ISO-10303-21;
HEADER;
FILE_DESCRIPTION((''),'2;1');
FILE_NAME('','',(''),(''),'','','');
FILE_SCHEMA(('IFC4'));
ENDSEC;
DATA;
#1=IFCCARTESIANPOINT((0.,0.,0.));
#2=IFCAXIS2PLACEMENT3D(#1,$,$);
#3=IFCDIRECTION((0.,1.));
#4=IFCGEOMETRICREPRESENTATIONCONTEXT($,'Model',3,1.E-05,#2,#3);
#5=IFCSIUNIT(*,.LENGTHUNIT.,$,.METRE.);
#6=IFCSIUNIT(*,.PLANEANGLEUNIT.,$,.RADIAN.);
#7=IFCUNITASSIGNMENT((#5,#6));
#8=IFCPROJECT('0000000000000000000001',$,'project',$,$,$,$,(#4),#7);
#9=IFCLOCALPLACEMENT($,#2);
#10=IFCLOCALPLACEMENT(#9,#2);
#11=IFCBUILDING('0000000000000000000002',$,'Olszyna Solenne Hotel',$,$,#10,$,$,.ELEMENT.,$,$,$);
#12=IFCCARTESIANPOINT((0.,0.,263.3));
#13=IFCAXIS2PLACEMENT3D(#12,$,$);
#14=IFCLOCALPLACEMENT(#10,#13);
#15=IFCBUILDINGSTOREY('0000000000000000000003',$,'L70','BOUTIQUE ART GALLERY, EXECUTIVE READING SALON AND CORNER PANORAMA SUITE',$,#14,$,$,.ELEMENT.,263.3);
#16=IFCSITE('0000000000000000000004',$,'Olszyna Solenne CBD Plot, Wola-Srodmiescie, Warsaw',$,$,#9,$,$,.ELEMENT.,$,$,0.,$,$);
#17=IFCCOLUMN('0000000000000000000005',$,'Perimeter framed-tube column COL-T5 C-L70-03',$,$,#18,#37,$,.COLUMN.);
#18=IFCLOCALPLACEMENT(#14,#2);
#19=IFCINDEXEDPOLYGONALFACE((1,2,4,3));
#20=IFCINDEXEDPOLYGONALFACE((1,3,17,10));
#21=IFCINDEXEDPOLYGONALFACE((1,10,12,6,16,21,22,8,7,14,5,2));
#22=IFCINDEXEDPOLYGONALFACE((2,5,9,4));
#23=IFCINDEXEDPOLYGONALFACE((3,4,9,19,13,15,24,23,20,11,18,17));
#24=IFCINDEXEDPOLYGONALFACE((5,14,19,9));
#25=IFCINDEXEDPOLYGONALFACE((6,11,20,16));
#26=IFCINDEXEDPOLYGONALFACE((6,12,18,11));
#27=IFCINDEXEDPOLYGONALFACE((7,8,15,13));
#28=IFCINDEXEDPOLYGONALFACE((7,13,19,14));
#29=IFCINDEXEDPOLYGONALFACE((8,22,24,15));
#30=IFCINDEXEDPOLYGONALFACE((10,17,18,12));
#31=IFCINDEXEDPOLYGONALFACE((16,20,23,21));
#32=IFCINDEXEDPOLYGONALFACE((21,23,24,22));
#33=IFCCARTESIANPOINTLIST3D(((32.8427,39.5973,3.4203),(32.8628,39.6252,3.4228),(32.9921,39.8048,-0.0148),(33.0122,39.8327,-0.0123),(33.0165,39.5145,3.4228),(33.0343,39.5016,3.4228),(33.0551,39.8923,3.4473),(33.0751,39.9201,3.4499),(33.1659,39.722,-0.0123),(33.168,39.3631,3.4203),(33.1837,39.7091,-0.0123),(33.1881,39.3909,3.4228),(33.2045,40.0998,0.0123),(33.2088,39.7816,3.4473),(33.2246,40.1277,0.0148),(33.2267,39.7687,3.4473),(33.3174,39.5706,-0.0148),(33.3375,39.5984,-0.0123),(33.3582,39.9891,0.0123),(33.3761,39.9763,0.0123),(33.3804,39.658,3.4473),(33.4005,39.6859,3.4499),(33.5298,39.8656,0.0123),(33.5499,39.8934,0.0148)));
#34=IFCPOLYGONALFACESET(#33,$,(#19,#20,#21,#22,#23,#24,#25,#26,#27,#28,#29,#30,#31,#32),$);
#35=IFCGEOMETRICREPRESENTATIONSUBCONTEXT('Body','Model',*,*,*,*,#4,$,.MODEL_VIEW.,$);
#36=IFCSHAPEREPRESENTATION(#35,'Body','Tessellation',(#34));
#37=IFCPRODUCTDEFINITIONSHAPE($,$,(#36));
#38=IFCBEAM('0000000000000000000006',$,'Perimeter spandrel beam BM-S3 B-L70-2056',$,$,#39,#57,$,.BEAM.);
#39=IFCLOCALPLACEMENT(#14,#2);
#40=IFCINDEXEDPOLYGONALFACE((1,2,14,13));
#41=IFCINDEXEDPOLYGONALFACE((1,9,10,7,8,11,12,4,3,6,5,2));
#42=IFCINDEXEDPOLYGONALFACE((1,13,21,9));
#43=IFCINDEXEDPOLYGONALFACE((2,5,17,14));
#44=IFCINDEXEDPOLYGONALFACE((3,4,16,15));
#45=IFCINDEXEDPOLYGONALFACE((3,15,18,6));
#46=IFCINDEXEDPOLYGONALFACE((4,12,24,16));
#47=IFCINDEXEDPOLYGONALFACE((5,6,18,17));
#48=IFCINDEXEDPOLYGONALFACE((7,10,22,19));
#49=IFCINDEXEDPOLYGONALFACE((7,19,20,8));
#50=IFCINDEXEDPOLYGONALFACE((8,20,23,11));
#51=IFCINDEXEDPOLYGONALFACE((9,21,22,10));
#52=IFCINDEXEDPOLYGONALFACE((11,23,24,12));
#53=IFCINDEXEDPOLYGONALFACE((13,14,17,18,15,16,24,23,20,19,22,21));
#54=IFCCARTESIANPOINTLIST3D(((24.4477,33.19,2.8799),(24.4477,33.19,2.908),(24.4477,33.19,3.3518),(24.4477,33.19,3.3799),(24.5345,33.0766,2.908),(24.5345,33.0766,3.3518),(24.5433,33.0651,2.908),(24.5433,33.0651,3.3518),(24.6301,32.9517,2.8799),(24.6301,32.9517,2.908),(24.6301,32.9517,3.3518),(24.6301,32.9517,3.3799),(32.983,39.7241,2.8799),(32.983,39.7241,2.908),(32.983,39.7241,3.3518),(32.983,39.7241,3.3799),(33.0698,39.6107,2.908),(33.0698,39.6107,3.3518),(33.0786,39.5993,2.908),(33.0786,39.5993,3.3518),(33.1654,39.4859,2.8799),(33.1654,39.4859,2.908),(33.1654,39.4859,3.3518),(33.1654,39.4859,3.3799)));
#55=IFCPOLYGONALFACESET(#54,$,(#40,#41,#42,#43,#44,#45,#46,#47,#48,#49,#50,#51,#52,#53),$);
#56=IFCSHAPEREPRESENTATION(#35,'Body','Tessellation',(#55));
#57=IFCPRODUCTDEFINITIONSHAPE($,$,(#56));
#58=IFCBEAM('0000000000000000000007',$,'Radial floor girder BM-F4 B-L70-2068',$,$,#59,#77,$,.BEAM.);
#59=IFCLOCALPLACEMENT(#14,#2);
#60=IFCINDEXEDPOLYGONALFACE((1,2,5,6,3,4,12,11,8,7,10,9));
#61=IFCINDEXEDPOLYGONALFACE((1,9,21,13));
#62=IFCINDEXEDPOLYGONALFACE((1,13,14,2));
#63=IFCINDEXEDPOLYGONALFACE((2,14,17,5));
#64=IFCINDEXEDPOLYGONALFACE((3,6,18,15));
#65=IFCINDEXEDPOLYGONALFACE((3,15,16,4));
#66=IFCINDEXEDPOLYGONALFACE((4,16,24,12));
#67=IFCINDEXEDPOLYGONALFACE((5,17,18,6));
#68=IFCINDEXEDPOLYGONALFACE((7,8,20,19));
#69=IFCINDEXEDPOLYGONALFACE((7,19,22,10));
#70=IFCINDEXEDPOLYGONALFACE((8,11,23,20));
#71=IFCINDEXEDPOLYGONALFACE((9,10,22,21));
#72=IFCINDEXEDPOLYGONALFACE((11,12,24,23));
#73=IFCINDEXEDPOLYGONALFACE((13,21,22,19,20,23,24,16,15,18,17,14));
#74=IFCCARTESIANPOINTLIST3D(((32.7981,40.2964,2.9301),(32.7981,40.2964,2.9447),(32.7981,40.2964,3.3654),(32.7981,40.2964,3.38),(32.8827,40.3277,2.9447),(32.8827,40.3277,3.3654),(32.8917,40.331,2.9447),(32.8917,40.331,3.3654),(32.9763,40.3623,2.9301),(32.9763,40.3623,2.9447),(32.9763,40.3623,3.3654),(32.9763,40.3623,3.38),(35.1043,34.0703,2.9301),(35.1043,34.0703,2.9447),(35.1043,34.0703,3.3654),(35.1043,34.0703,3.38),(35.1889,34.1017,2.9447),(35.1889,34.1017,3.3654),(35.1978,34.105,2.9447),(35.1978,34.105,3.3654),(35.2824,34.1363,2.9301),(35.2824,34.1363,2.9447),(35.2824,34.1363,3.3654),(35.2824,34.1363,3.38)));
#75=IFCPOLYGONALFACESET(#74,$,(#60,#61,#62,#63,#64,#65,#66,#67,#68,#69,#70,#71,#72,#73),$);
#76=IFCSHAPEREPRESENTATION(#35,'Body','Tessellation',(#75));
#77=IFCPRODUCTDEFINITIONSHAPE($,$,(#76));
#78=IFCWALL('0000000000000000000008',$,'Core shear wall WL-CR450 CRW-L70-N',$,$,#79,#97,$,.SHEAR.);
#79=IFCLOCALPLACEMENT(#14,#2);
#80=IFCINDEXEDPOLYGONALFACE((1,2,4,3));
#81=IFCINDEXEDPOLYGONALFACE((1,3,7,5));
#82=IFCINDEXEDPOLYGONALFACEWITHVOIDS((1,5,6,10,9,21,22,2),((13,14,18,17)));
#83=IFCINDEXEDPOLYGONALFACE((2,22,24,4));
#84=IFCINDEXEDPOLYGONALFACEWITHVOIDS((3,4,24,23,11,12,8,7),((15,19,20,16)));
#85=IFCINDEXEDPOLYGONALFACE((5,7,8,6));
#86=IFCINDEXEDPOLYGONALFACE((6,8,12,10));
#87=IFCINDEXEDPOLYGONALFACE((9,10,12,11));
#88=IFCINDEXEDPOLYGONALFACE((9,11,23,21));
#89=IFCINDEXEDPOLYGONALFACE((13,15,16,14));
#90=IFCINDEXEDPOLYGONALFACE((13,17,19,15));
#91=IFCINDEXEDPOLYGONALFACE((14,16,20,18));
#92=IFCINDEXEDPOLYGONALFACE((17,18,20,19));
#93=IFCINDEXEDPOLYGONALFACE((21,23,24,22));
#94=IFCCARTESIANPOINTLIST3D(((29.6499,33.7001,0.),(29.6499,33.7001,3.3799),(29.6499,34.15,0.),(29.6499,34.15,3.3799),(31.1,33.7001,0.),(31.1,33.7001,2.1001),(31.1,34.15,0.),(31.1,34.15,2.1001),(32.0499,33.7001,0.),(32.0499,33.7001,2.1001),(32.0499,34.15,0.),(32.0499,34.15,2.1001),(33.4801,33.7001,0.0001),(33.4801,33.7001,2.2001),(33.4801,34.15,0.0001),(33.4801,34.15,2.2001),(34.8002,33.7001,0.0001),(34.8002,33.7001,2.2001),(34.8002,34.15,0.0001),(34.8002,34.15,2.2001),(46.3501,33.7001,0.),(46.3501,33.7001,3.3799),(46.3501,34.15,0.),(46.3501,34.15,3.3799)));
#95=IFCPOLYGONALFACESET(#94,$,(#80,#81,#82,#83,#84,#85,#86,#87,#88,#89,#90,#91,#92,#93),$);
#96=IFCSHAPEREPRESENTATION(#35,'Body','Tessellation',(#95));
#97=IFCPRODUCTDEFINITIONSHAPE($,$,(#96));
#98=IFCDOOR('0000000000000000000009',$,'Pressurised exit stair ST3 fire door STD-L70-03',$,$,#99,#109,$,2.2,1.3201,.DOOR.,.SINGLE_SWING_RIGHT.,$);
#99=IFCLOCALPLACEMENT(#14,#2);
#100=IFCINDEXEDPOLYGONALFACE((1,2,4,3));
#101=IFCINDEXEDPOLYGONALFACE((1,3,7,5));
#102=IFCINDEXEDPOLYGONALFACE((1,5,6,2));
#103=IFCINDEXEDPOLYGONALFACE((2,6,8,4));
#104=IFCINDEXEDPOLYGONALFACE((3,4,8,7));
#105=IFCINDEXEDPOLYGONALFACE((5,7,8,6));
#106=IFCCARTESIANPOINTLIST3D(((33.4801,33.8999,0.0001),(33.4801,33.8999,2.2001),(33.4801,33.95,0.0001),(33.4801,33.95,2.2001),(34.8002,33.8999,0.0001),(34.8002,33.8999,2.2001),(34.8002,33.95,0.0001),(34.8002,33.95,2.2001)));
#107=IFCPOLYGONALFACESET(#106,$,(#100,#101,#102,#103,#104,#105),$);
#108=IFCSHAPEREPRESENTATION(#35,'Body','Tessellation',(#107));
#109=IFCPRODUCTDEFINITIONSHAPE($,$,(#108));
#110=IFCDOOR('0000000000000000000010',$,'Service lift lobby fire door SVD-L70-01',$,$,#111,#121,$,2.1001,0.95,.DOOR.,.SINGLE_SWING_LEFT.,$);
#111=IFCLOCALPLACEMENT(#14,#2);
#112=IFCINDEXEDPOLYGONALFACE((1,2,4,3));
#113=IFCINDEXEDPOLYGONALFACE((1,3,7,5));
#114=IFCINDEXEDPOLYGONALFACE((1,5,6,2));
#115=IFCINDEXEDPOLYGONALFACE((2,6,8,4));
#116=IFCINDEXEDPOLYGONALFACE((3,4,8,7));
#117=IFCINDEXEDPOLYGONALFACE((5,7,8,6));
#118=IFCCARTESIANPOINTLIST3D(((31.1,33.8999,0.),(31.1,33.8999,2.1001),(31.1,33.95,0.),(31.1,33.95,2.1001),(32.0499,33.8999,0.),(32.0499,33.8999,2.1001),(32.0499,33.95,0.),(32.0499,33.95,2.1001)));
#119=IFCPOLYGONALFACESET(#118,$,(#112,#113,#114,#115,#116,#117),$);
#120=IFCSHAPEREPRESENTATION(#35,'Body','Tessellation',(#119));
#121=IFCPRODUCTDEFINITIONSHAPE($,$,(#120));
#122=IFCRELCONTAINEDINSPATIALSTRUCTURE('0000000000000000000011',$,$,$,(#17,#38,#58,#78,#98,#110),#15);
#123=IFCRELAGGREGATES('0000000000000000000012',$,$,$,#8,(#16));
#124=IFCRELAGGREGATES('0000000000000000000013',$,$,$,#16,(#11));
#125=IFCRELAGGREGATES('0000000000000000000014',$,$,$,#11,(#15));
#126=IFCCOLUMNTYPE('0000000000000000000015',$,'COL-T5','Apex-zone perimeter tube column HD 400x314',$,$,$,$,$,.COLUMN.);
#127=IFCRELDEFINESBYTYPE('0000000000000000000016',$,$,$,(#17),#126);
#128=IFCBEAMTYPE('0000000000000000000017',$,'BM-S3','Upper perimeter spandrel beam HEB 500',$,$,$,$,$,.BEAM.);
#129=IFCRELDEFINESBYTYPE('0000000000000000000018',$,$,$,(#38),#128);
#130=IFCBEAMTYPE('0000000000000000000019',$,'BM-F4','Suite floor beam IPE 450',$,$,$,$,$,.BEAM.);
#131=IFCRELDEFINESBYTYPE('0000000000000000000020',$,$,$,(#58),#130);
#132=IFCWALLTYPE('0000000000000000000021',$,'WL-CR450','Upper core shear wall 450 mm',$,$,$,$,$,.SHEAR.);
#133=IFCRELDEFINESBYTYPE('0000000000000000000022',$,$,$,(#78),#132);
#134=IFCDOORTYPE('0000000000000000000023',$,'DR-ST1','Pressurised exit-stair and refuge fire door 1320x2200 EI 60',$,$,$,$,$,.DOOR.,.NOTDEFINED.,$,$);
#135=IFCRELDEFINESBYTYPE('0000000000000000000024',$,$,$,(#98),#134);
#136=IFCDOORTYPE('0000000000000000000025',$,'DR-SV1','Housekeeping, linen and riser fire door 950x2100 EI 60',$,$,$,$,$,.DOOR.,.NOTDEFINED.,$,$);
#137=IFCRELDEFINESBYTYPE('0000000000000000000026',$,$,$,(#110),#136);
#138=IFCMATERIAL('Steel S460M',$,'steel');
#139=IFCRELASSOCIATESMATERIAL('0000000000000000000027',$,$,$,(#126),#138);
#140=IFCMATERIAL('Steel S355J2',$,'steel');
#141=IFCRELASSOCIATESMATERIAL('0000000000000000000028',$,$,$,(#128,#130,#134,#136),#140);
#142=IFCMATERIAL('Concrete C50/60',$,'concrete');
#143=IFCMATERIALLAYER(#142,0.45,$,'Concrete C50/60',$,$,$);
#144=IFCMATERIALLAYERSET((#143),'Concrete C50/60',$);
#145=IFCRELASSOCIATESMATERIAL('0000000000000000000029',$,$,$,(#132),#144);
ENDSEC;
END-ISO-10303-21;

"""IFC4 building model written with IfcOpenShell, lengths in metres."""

from ifc_helpers import new_model, si_unit, direction, frame, frame_2d, origin, origin_2d, place, context, subcontext, project, spatial, rectangle, i_section, extrude, source, transform, mapped, material, layer, layer_set, material_profile, profile_set, type_object, type_shapes, element, fill, save


model = new_model("IFC4")

# Units and contexts
model_context = context("Model", 3, precision=1e-05, world=origin(), true_north=direction((0.0, 1.0)))
body_context = subcontext(model_context, "Body", "Model", "MODEL_VIEW")
ifc_project = project(units=[si_unit("LENGTHUNIT", "METRE"), si_unit("PLANEANGLEUNIT", "RADIAN")], contexts=[model_context])

# Site, building, storey
site_placement = place(None, origin())
site = spatial("IfcSite", under=ifc_project, at=site_placement, Name="Olszyna Solenne CBD Plot, Wola-Srodmiescie, Warsaw", CompositionType="ELEMENT", RefElevation=0.0)
building_placement = place(site_placement, origin())
building = spatial("IfcBuilding", under=site, at=building_placement, Name="Olszyna Solenne Hotel", CompositionType="ELEMENT")
storey_placement = place(building_placement, frame((0.0, 0.0, 263.3)))
storey = spatial("IfcBuildingStorey", under=building, at=storey_placement, Name="L70", Description="BOUTIQUE ART GALLERY, EXECUTIVE READING SALON AND CORNER PANORAMA SUITE", CompositionType="ELEMENT", Elevation=263.3)

# Column
ifc_material_1 = material(Name="Steel S460M", Category="steel")
ifc_material_profile_1 = material_profile(ifc_material_1, i_section(OverallWidth=0.4009, OverallDepth=0.3989, WebThickness=0.022, FlangeThickness=0.0344, at=origin_2d()), Name="HD 400x314", Category="load-bearing")
ifc_profile_set_1 = profile_set([ifc_material_profile_1], Name="Steel S460M")
column_type = type_object("IfcColumnType", Name="COL-T5", Description="Apex-zone perimeter tube column HD 400x314", PredefinedType="COLUMN", material=ifc_profile_set_1)
shared_shape_1 = source(origin(), body_context, "Body", "SweptSolid", [
    extrude(i_section(OverallWidth=0.4009, OverallDepth=0.3989, WebThickness=0.022, FlangeThickness=0.0344, at=origin_2d()), origin(), (0.0, 0.0, 1.0), 3.4446),
])
column_placement = place(storey_placement, frame((33.271, 39.8491, 0.0), z_axis=(-0.043377, -0.060246, 0.997241), x_axis=(0.811534, -0.584305, 0.0)))
element("IfcColumn", 1, at=column_placement, inside=storey, type_object=column_type, Name="Perimeter framed-tube column COL-T5 C-L70-03", PredefinedType="COLUMN", context=body_context, shape_type="MappedRepresentation", body=[
    mapped(shared_shape_1, transform((0.0, 0.0, 0.0), x_axis=(1.0, 0.0, 0.0), y_axis=(0.0, 1.0, 0.0), z_axis=(0.0, 0.0, 1.0), scale=1.0)),
])

# Beams
ifc_material_2 = material(Name="Steel S355J2", Category="steel")
ifc_material_profile_2 = material_profile(ifc_material_2, i_section(OverallWidth=0.3, OverallDepth=0.5, WebThickness=0.0144, FlangeThickness=0.0281, at=origin_2d()), Name="HEB 500", Category="load-bearing")
ifc_profile_set_2 = profile_set([ifc_material_profile_2], Name="Steel S355J2")
beam_type_1 = type_object("IfcBeamType", Name="BM-S3", Description="Upper perimeter spandrel beam HEB 500", PredefinedType="BEAM", material=ifc_profile_set_2)
shared_shape_2 = source(origin(), body_context, "Body", "SweptSolid", [
    extrude(i_section(OverallWidth=0.3, OverallDepth=0.5, WebThickness=0.0144, FlangeThickness=0.0281, at=origin_2d()), origin(), (0.0, 0.0, 1.0), 10.7493),
])
beam_1_placement = place(storey_placement, frame((33.0742, 39.605, 3.1299), z_axis=(-0.794039, -0.607867, 0.0), x_axis=(0.607867, -0.794039, 0.0)))
element("IfcBeam", 2, at=beam_1_placement, inside=storey, type_object=beam_type_1, Name="Perimeter spandrel beam BM-S3 B-L70-2056", PredefinedType="BEAM", context=body_context, shape_type="MappedRepresentation", body=[
    mapped(shared_shape_2, transform((0.0, 0.0, 0.0), x_axis=(1.0, 0.0, 0.0), y_axis=(0.0, 1.0, 0.0), z_axis=(0.0, 0.0, 1.0), scale=1.0)),
])
ifc_material_profile_3 = material_profile(ifc_material_2, i_section(OverallWidth=0.1899, OverallDepth=0.45, WebThickness=0.0095, FlangeThickness=0.0146, at=origin_2d()), Name="IPE 450", Category="load-bearing")
ifc_profile_set_3 = profile_set([ifc_material_profile_3], Name="Steel S355J2")
beam_type_2 = type_object("IfcBeamType", Name="BM-F4", Description="Suite floor beam IPE 450", PredefinedType="BEAM", material=ifc_profile_set_3)
shared_shape_3 = source(origin(), body_context, "Body", "SweptSolid", [
    extrude(i_section(OverallWidth=0.1899, OverallDepth=0.45, WebThickness=0.0095, FlangeThickness=0.0146, at=origin_2d()), origin(), (0.0, 0.0, 1.0), 6.6394),
])
beam_2_placement = place(storey_placement, frame((32.8872, 40.3293, 3.155), z_axis=(0.347341, -0.937739, 0.0), x_axis=(0.937739, 0.347341, 0.0)))
element("IfcBeam", 3, at=beam_2_placement, inside=storey, type_object=beam_type_2, Name="Radial floor girder BM-F4 B-L70-2068", PredefinedType="BEAM", context=body_context, shape_type="MappedRepresentation", body=[
    mapped(shared_shape_3, transform((0.0, 0.0, 0.0), x_axis=(1.0, 0.0, 0.0), y_axis=(0.0, 1.0, 0.0), z_axis=(0.0, 0.0, 1.0), scale=1.0)),
])

# Wall, openings, doors
ifc_material_3 = material(Name="Concrete C50/60", Category="concrete")
ifc_layer_1 = layer(ifc_material_3, 0.45, Name="Concrete C50/60")
ifc_layer_set_1 = layer_set([ifc_layer_1], Name="Concrete C50/60")
wall_type_1 = type_object("IfcWallType", Name="WL-CR450", Description="Upper core shear wall 450 mm", PredefinedType="SHEAR", material=ifc_layer_set_1)
wall_1_placement = place(storey_placement, frame((29.6499, 33.925, 0.0), z_axis=(0.0, 0.0, 1.0), x_axis=(1.0, 0.0, 0.0)))
wall_1 = element("IfcWall", 4, at=wall_1_placement, inside=storey, type_object=wall_type_1, Name="Core shear wall WL-CR450 CRW-L70-N", PredefinedType="SHEAR", context=body_context, shape_type="SweptSolid", body=[
    extrude(rectangle(XDim=16.7002, YDim=0.45, at=frame_2d((8.3501, 0.0))), origin(), (0.0, 0.0, 1.0), 3.3799),
])
opening_1_placement = place(wall_1_placement, frame((1.45, 0.0, 0.0)))
opening_1 = element("IfcOpeningElement", 5, at=opening_1_placement, cuts=wall_1, PredefinedType="OPENING", context=body_context, shape_type="SweptSolid", body=[
    extrude(rectangle(XDim=0.95, YDim=2.1001, at=frame_2d((0.4751, 1.05))), frame((0.0, 0.2349, 0.0), z_axis=(0.0, -1.0, 0.0), x_axis=(1.0, 0.0, 0.0)), (0.0, 0.0, 1.0), 0.47),
])
opening_2_placement = place(wall_1_placement, frame((3.8301, 0.0, 0.0)))
opening_2 = element("IfcOpeningElement", 6, at=opening_2_placement, cuts=wall_1, PredefinedType="OPENING", context=body_context, shape_type="SweptSolid", body=[
    extrude(rectangle(XDim=1.3201, YDim=2.2, at=frame_2d((0.6602, 1.1001))), frame((0.0, 0.2349, 0.0), z_axis=(0.0, -1.0, 0.0), x_axis=(1.0, 0.0, 0.0)), (0.0, 0.0, 1.0), 0.47),
])
door_type_1 = type_object("IfcDoorType", Name="DR-ST1", Description="Pressurised exit-stair and refuge fire door 1320x2200 EI 60", OperationType="NOTDEFINED", PredefinedType="DOOR", material=ifc_material_2)
shared_shape_4 = source(origin(), body_context, "Body", "SweptSolid", [
    extrude(rectangle(XDim=1.3201, YDim=2.2, at=frame_2d((0.6602, 1.1001))), frame((0.0, 0.0249, 0.0), z_axis=(0.0, -1.0, 0.0), x_axis=(1.0, 0.0, 0.0)), (0.0, 0.0, 1.0), 0.05),
])
type_shapes(door_type_1, [shared_shape_4])
door_1_placement = place(opening_2_placement, origin())
door_1 = element("IfcDoor", 7, at=door_1_placement, inside=storey, type_object=door_type_1, Name="Pressurised exit stair ST3 fire door STD-L70-03", OperationType="SINGLE_SWING_RIGHT", OverallHeight=2.2, OverallWidth=1.3201, PredefinedType="DOOR", context=body_context, shape_type="MappedRepresentation", body=[
    mapped(shared_shape_4, transform((0.0, 0.0, 0.0), x_axis=(1.0, 0.0, 0.0), y_axis=(0.0, 1.0, 0.0), z_axis=(0.0, 0.0, 1.0), scale=1.0)),
])
fill(opening_2, door_1)
door_type_2 = type_object("IfcDoorType", Name="DR-SV1", Description="Housekeeping, linen and riser fire door 950x2100 EI 60", OperationType="NOTDEFINED", PredefinedType="DOOR", material=ifc_material_2)
shared_shape_5 = source(origin(), body_context, "Body", "SweptSolid", [
    extrude(rectangle(XDim=0.95, YDim=2.1001, at=frame_2d((0.4751, 1.05))), frame((0.0, 0.0249, 0.0), z_axis=(0.0, -1.0, 0.0), x_axis=(1.0, 0.0, 0.0)), (0.0, 0.0, 1.0), 0.05),
])
type_shapes(door_type_2, [shared_shape_5])
door_2_placement = place(opening_1_placement, origin())
door_2 = element("IfcDoor", 8, at=door_2_placement, inside=storey, type_object=door_type_2, Name="Service lift lobby fire door SVD-L70-01", OperationType="SINGLE_SWING_LEFT", OverallHeight=2.1001, OverallWidth=0.95, PredefinedType="DOOR", context=body_context, shape_type="MappedRepresentation", body=[
    mapped(shared_shape_5, transform((0.0, 0.0, 0.0), x_axis=(1.0, 0.0, 0.0), y_axis=(0.0, 1.0, 0.0), z_axis=(0.0, 0.0, 1.0), scale=1.0)),
])
fill(opening_1, door_2)

save(model, "model.ifc")
